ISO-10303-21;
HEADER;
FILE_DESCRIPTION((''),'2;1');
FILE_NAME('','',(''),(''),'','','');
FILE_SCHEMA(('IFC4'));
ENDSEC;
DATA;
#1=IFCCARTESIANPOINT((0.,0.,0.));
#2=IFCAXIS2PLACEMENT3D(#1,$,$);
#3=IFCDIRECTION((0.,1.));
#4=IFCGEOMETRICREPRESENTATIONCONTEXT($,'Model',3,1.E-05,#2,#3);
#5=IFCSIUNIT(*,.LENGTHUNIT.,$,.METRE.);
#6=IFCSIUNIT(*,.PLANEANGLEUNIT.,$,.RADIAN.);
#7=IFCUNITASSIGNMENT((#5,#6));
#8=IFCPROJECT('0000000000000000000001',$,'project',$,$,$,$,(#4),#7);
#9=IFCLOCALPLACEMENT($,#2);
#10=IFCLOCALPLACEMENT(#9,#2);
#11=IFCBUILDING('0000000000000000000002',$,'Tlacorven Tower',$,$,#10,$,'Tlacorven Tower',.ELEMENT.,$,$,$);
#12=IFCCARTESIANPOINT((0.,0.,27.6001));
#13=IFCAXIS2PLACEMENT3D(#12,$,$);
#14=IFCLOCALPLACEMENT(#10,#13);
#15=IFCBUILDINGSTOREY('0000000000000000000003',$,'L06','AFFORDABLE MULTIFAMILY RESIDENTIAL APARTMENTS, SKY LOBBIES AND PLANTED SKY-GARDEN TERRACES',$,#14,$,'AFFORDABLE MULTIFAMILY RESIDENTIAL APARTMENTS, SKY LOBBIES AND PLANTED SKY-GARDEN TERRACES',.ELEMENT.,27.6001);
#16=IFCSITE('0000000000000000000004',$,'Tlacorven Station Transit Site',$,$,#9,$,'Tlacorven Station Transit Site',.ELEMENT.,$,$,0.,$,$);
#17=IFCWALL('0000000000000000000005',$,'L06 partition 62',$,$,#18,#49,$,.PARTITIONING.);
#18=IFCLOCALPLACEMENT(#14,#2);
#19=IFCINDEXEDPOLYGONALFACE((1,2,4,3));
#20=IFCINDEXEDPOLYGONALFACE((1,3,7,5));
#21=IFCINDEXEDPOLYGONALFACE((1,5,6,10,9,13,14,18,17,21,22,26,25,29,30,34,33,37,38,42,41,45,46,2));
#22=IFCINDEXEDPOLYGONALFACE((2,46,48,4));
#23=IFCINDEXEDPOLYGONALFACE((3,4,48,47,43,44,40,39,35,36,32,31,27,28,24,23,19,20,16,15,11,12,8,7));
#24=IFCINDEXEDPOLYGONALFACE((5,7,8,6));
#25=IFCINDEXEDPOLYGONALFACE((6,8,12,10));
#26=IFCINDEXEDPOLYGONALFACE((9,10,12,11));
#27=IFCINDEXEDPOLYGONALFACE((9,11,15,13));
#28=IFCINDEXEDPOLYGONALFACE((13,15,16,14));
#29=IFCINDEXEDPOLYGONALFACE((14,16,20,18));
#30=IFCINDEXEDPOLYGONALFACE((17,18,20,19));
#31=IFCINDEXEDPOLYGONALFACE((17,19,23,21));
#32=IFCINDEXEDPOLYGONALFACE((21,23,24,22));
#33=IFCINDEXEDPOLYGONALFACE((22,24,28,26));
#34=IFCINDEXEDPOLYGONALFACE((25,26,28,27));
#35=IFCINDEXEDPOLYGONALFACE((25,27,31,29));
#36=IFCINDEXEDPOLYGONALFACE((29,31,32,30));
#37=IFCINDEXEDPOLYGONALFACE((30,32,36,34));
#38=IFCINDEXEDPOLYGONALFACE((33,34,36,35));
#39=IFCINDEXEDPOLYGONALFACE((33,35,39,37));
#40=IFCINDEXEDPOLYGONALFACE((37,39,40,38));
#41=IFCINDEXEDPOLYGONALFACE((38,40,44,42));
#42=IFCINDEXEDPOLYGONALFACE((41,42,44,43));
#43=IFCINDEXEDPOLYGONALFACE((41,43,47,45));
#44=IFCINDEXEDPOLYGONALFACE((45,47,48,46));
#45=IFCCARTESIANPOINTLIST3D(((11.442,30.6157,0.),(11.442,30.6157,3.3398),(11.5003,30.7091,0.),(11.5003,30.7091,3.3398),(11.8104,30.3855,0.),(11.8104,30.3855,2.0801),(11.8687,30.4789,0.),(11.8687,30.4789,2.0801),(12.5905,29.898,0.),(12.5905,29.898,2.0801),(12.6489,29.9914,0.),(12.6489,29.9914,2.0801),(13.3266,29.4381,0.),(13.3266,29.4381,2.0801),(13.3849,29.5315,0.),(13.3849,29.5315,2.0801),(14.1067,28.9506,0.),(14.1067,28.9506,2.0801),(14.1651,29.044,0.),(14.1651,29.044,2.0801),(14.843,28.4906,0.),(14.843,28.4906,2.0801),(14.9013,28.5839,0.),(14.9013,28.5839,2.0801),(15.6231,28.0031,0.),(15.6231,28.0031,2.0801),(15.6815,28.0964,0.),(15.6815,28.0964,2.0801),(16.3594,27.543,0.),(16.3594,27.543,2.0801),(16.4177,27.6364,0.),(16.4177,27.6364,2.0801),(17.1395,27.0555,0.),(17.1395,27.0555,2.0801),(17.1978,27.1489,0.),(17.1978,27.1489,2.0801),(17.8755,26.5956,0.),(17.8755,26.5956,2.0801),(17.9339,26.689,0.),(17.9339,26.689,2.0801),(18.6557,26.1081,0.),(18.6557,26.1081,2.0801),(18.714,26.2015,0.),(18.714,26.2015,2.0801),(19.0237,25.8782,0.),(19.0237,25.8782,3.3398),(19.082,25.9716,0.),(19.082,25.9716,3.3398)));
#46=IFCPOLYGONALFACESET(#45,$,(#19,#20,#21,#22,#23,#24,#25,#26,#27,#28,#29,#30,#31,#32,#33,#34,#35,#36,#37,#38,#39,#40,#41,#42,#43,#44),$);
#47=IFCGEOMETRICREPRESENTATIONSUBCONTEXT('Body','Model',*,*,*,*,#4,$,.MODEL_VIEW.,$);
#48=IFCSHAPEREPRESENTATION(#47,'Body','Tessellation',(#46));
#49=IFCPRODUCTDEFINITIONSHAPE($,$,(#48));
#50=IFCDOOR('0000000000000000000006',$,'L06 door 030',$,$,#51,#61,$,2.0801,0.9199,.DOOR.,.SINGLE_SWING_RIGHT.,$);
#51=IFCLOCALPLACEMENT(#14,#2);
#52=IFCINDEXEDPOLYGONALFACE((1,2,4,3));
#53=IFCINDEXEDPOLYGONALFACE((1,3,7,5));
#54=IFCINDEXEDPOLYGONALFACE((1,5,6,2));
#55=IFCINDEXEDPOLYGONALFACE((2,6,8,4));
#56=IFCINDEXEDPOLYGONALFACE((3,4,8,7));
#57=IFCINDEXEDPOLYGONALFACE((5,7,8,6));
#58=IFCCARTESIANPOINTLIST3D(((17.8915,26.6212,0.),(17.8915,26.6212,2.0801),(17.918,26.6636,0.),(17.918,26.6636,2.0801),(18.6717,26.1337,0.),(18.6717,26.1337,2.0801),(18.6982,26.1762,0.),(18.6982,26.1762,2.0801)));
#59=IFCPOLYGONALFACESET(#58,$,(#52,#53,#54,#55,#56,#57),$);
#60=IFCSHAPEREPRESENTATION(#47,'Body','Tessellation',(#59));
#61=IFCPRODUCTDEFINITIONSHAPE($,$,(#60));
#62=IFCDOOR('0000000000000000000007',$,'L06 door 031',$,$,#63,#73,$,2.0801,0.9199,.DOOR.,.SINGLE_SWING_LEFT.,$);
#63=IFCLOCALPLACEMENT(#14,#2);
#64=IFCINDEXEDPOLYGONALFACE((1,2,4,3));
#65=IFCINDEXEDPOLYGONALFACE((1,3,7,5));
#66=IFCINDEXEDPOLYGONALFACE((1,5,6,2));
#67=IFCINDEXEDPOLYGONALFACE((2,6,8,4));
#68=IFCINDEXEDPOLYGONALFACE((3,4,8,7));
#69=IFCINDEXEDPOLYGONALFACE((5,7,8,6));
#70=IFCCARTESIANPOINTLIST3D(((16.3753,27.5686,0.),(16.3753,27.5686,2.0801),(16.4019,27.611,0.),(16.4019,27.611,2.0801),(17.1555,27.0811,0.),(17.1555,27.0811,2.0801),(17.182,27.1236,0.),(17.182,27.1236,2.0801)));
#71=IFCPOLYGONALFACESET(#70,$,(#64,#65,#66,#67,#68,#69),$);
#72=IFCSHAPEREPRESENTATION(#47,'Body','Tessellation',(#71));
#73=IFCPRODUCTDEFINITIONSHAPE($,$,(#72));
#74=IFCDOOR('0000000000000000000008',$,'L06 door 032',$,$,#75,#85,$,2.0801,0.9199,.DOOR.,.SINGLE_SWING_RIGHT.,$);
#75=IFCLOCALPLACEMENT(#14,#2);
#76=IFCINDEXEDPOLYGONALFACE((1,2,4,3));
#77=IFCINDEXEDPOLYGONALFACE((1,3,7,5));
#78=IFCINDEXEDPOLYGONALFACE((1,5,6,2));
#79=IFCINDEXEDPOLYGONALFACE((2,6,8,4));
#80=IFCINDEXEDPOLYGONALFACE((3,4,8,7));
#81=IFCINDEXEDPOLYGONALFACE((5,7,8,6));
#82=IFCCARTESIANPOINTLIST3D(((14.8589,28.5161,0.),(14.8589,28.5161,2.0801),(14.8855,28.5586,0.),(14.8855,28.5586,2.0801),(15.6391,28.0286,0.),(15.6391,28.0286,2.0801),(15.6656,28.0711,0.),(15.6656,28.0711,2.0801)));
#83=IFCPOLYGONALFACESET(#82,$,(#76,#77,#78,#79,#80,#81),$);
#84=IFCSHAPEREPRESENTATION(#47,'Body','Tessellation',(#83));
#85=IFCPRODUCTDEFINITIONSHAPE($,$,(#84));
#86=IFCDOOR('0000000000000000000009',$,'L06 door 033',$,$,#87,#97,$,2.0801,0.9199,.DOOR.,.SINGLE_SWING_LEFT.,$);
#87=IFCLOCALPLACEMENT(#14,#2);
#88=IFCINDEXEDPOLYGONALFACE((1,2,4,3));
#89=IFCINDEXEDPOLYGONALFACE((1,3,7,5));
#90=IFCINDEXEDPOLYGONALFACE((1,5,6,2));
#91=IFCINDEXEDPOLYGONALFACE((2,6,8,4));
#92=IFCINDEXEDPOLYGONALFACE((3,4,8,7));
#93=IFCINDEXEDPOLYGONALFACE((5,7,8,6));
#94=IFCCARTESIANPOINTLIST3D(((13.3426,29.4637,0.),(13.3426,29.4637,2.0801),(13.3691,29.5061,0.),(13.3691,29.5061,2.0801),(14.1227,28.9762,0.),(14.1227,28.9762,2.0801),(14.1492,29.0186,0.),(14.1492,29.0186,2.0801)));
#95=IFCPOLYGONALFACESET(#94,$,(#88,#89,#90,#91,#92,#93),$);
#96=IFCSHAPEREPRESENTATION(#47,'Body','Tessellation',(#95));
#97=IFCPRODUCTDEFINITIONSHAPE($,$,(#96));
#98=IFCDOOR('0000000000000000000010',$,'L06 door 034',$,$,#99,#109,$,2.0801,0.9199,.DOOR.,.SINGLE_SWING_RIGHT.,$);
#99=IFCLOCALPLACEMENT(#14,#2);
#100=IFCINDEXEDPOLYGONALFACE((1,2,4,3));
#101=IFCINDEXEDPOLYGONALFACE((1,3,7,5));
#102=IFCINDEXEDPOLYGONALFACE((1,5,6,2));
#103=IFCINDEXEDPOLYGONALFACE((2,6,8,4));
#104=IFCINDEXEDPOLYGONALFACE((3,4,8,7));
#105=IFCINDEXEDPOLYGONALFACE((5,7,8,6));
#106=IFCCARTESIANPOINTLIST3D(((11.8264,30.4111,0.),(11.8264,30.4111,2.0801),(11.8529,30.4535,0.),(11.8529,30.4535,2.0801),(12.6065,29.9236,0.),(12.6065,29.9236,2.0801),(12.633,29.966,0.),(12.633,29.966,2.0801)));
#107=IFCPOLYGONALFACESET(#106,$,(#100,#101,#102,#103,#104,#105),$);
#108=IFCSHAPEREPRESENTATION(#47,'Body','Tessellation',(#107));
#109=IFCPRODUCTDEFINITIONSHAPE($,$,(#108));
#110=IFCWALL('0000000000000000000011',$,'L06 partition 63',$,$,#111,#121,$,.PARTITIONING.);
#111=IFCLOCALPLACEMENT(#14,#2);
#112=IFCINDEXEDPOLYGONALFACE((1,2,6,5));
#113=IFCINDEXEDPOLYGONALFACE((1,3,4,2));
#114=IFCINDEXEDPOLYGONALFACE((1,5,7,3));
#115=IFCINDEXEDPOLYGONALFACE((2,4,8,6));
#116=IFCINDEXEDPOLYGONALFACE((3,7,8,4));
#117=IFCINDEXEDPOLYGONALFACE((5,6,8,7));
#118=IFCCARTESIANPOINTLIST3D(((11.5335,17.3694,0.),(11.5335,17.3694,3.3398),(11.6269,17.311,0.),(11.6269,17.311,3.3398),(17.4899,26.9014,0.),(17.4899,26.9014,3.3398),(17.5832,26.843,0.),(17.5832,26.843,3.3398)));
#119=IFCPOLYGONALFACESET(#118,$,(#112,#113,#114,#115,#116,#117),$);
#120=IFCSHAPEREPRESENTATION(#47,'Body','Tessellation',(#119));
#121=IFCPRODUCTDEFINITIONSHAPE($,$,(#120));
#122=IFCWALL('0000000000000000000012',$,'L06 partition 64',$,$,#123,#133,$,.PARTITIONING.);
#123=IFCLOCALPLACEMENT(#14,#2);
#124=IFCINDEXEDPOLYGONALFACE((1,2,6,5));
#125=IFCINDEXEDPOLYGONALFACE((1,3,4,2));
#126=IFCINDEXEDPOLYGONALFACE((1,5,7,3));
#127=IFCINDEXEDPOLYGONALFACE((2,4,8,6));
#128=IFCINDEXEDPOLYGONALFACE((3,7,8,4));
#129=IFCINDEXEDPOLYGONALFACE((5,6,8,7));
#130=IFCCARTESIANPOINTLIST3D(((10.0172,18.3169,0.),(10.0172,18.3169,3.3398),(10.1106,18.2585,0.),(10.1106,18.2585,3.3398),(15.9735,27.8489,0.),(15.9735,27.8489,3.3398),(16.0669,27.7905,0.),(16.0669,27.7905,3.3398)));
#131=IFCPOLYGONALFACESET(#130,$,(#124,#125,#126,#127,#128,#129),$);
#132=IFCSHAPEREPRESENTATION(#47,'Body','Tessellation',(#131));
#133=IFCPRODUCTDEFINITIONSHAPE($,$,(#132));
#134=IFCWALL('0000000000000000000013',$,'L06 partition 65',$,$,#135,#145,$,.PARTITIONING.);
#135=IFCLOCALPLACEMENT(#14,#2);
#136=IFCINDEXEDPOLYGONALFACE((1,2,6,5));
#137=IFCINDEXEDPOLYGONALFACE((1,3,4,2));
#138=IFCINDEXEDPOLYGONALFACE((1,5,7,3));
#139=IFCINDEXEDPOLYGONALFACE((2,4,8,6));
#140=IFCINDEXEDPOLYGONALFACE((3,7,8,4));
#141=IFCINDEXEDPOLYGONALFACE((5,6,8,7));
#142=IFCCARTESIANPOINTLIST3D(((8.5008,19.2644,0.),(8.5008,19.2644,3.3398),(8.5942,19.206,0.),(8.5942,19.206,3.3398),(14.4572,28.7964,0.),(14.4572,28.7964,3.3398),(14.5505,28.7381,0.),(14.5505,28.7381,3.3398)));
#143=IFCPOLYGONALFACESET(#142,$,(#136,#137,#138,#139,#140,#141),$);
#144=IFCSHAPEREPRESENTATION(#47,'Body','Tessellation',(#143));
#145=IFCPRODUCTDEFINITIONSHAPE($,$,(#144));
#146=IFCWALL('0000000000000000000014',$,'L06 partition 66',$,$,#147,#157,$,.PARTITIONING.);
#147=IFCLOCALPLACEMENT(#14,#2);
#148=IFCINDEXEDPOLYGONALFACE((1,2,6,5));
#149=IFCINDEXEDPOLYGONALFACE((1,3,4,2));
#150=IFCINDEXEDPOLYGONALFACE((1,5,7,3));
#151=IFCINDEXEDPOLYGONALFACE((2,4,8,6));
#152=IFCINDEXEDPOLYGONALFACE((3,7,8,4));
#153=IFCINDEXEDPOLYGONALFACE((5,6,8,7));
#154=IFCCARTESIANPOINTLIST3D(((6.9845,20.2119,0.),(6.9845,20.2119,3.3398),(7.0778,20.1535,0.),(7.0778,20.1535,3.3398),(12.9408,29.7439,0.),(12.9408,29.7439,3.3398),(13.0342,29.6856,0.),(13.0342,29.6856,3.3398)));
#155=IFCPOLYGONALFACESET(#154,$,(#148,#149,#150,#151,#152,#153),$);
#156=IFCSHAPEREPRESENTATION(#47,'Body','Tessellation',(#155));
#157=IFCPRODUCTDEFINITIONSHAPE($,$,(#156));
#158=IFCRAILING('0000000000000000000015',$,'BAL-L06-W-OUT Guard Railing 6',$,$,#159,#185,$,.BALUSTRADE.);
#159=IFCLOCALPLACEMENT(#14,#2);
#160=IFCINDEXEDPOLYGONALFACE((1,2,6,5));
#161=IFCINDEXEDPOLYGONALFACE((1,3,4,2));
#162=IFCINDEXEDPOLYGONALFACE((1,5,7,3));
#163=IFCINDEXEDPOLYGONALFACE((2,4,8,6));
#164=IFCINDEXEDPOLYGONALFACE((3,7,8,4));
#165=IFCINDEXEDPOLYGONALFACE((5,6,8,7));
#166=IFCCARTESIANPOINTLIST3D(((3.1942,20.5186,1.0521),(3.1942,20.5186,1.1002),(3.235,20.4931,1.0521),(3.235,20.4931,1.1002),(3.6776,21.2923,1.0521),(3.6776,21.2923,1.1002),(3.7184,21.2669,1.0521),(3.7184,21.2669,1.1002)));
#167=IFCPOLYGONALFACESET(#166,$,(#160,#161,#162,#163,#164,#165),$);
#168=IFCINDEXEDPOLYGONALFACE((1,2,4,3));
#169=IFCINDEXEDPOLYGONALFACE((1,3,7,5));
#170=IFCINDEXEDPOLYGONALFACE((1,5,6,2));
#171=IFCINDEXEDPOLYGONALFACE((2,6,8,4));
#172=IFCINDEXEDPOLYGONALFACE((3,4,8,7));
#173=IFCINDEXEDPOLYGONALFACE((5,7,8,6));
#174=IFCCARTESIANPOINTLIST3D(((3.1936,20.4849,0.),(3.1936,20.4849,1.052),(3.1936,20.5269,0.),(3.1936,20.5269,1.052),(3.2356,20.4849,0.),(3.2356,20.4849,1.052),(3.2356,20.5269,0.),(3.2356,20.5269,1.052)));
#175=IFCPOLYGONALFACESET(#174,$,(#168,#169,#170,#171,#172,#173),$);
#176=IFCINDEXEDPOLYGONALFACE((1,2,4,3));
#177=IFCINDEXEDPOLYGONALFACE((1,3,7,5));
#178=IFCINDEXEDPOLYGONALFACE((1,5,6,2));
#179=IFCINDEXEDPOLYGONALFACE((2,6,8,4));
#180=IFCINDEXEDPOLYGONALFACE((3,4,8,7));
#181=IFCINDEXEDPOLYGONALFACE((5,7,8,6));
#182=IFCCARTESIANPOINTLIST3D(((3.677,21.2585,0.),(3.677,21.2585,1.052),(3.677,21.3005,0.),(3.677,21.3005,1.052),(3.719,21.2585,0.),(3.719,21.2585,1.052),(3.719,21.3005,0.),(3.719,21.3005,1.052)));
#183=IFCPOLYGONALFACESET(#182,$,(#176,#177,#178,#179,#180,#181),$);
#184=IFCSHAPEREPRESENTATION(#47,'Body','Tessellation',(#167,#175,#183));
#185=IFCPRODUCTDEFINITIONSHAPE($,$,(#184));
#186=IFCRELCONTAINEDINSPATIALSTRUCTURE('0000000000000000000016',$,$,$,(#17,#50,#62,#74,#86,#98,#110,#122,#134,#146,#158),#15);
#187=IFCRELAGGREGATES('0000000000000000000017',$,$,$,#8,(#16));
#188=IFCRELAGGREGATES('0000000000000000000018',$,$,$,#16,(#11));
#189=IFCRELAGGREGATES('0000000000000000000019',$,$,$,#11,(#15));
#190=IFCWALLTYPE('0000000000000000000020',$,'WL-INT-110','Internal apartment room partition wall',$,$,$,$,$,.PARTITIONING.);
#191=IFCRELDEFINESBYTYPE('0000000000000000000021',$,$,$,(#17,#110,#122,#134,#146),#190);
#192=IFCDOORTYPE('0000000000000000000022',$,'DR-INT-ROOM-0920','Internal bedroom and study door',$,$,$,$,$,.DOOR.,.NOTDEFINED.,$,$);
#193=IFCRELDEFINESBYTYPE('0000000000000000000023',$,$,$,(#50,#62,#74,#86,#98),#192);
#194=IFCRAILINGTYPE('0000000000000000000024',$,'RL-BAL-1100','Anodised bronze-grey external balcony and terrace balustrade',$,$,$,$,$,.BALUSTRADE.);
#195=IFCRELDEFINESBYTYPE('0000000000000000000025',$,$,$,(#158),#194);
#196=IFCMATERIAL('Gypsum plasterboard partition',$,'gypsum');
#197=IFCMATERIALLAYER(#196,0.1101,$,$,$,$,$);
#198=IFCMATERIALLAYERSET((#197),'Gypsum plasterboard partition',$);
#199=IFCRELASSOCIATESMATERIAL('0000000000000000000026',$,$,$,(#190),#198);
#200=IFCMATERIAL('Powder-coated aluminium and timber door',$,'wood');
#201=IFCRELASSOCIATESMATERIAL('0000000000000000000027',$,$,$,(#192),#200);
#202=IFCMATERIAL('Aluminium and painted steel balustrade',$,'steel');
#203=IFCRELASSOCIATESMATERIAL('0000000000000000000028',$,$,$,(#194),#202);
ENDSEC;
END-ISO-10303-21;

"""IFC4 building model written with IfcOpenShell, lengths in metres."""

from ifc_helpers import new_model, si_unit, direction, frame, frame_2d, origin, origin_2d, place, context, subcontext, project, spatial, rectangle, extrude, source, transform, mapped, material, layer, layer_set, type_object, element, fill, save


model = new_model("IFC4")

# Units and contexts
model_context = context("Model", 3, precision=1e-05, world=origin(), true_north=direction((0.0, 1.0)))
body_context = subcontext(model_context, "Body", "Model", "MODEL_VIEW")
ifc_project = project(units=[si_unit("LENGTHUNIT", "METRE"), si_unit("PLANEANGLEUNIT", "RADIAN")], contexts=[model_context])

# Site, building, storey
site_placement = place(None, origin())
site = spatial("IfcSite", under=ifc_project, at=site_placement, Name="Tlacorven Station Transit Site", LongName="Tlacorven Station Transit Site", CompositionType="ELEMENT", RefElevation=0.0)
building_placement = place(site_placement, origin())
building = spatial("IfcBuilding", under=site, at=building_placement, Name="Tlacorven Tower", LongName="Tlacorven Tower", CompositionType="ELEMENT")
storey_placement = place(building_placement, frame((0.0, 0.0, 27.6001)))
storey = spatial("IfcBuildingStorey", under=building, at=storey_placement, Name="L06", Description="AFFORDABLE MULTIFAMILY RESIDENTIAL APARTMENTS, SKY LOBBIES AND PLANTED SKY-GARDEN TERRACES", LongName="AFFORDABLE MULTIFAMILY RESIDENTIAL APARTMENTS, SKY LOBBIES AND PLANTED SKY-GARDEN TERRACES", CompositionType="ELEMENT", Elevation=27.6001)

# Wall, openings, doors
ifc_material_1 = material(Name="Gypsum plasterboard partition", Category="gypsum")
ifc_layer_1 = layer(ifc_material_1, 0.1101)
ifc_layer_set_1 = layer_set([ifc_layer_1], Name="Gypsum plasterboard partition")
wall_type_1 = type_object("IfcWallType", Name="WL-INT-110", Description="Internal apartment room partition wall", PredefinedType="PARTITIONING", material=ifc_layer_set_1)
wall_1_placement = place(storey_placement, frame((19.053, 25.9248, 0.0), z_axis=(0.0, 0.0, 1.0), x_axis=(-0.848052, 0.529913, 0.0)))
wall_1 = element("IfcWall", 1, at=wall_1_placement, inside=storey, type_object=wall_type_1, Name="L06 partition 62", PredefinedType="PARTITIONING", context=body_context, shape_type="SweptSolid", body=[
    extrude(rectangle(XDim=8.9402, YDim=0.1101, at=frame_2d((4.4702, 0.0))), origin(), (0.0, 0.0, 1.0), 3.3398),
])
opening_1_placement = place(wall_1_placement, frame((0.4341, 0.0, 0.0)))
opening_1 = element("IfcOpeningElement", 2, at=opening_1_placement, cuts=wall_1, PredefinedType="OPENING", context=body_context, shape_type="SweptSolid", body=[
    extrude(rectangle(XDim=0.9199, YDim=2.0801, at=frame_2d((0.46, 1.04))), frame((0.0, 0.0649, 0.0), z_axis=(0.0, -1.0, 0.0), x_axis=(1.0, 0.0, 0.0)), (0.0, 0.0, 1.0), 0.1301),
])
opening_2_placement = place(wall_1_placement, frame((2.2219, 0.0, 0.0)))
opening_2 = element("IfcOpeningElement", 3, at=opening_2_placement, cuts=wall_1, PredefinedType="OPENING", context=body_context, shape_type="SweptSolid", body=[
    extrude(rectangle(XDim=0.9199, YDim=2.0801, at=frame_2d((0.46, 1.04))), frame((0.0, 0.0649, 0.0), z_axis=(0.0, -1.0, 0.0), x_axis=(1.0, 0.0, 0.0)), (0.0, 0.0, 1.0), 0.1301),
])
opening_3_placement = place(wall_1_placement, frame((4.01, 0.0, 0.0)))
opening_3 = element("IfcOpeningElement", 4, at=opening_3_placement, cuts=wall_1, PredefinedType="OPENING", context=body_context, shape_type="SweptSolid", body=[
    extrude(rectangle(XDim=0.9199, YDim=2.0801, at=frame_2d((0.46, 1.04))), frame((0.0, 0.0649, 0.0), z_axis=(0.0, -1.0, 0.0), x_axis=(1.0, 0.0, 0.0)), (0.0, 0.0, 1.0), 0.1301),
])
opening_4_placement = place(wall_1_placement, frame((5.7981, 0.0, 0.0)))
opening_4 = element("IfcOpeningElement", 5, at=opening_4_placement, cuts=wall_1, PredefinedType="OPENING", context=body_context, shape_type="SweptSolid", body=[
    extrude(rectangle(XDim=0.9199, YDim=2.0801, at=frame_2d((0.46, 1.04))), frame((0.0, 0.0649, 0.0), z_axis=(0.0, -1.0, 0.0), x_axis=(1.0, 0.0, 0.0)), (0.0, 0.0, 1.0), 0.1301),
])
opening_5_placement = place(wall_1_placement, frame((7.5859, 0.0, 0.0)))
opening_5 = element("IfcOpeningElement", 6, at=opening_5_placement, cuts=wall_1, PredefinedType="OPENING", context=body_context, shape_type="SweptSolid", body=[
    extrude(rectangle(XDim=0.9199, YDim=2.0801, at=frame_2d((0.46, 1.04))), frame((0.0, 0.0649, 0.0), z_axis=(0.0, -1.0, 0.0), x_axis=(1.0, 0.0, 0.0)), (0.0, 0.0, 1.0), 0.1301),
])
ifc_material_2 = material(Name="Powder-coated aluminium and timber door", Category="wood")
door_type = type_object("IfcDoorType", Name="DR-INT-ROOM-0920", Description="Internal bedroom and study door", OperationType="NOTDEFINED", PredefinedType="DOOR", material=ifc_material_2)
shared_shape_1 = source(origin(), body_context, "Body", "SweptSolid", [
    extrude(rectangle(XDim=0.9199, YDim=2.0801, at=frame_2d((0.46, 1.04))), frame((0.0, 0.0249, 0.0), z_axis=(0.0, -1.0, 0.0), x_axis=(1.0, 0.0, 0.0)), (0.0, 0.0, 1.0), 0.05),
])
door_1_placement = place(opening_1_placement, origin())
door_1 = element("IfcDoor", 7, at=door_1_placement, inside=storey, type_object=door_type, Name="L06 door 030", OperationType="SINGLE_SWING_RIGHT", OverallHeight=2.0801, OverallWidth=0.9199, PredefinedType="DOOR", context=body_context, shape_type="MappedRepresentation", body=[
    mapped(shared_shape_1, transform((0.0, 0.0, 0.0), scale=1.0)),
])
fill(opening_1, door_1)
door_2_placement = place(opening_2_placement, origin())
door_2 = element("IfcDoor", 8, at=door_2_placement, inside=storey, type_object=door_type, Name="L06 door 031", OperationType="SINGLE_SWING_LEFT", OverallHeight=2.0801, OverallWidth=0.9199, PredefinedType="DOOR", context=body_context, shape_type="MappedRepresentation", body=[
    mapped(shared_shape_1, transform((0.0, 0.0, 0.0), scale=1.0)),
])
fill(opening_2, door_2)
door_3_placement = place(opening_3_placement, origin())
door_3 = element("IfcDoor", 9, at=door_3_placement, inside=storey, type_object=door_type, Name="L06 door 032", OperationType="SINGLE_SWING_RIGHT", OverallHeight=2.0801, OverallWidth=0.9199, PredefinedType="DOOR", context=body_context, shape_type="MappedRepresentation", body=[
    mapped(shared_shape_1, transform((0.0, 0.0, 0.0), scale=1.0)),
])
fill(opening_3, door_3)
door_4_placement = place(opening_4_placement, origin())
door_4 = element("IfcDoor", 10, at=door_4_placement, inside=storey, type_object=door_type, Name="L06 door 033", OperationType="SINGLE_SWING_LEFT", OverallHeight=2.0801, OverallWidth=0.9199, PredefinedType="DOOR", context=body_context, shape_type="MappedRepresentation", body=[
    mapped(shared_shape_1, transform((0.0, 0.0, 0.0), scale=1.0)),
])
fill(opening_4, door_4)
door_5_placement = place(opening_5_placement, origin())
door_5 = element("IfcDoor", 11, at=door_5_placement, inside=storey, type_object=door_type, Name="L06 door 034", OperationType="SINGLE_SWING_RIGHT", OverallHeight=2.0801, OverallWidth=0.9199, PredefinedType="DOOR", context=body_context, shape_type="MappedRepresentation", body=[
    mapped(shared_shape_1, transform((0.0, 0.0, 0.0), scale=1.0)),
])
fill(opening_5, door_5)

# Walls
for number, where, z_axis, x_axis, name in (
    (12, (17.5366, 26.8723, 0.0), (0.0, 0.0, 1.0), (-0.529923, -0.848046, 0.0), "L06 partition 63"),
    (13, (16.0203, 27.8198, 0.0), (0.0, 0.0, 1.0), (-0.529923, -0.848046, 0.0), "L06 partition 64"),
    (14, (14.5039, 28.7673, 0.0), (0.0, 0.0, 1.0), (-0.529923, -0.848046, 0.0), "L06 partition 65"),
    (15, (12.9875, 29.7148, 0.0), (0.0, 0.0, 1.0), (-0.529923, -0.848046, 0.0), "L06 partition 66"),
):
    element("IfcWall", number, at=place(storey_placement, frame(where, z_axis=z_axis, x_axis=x_axis)), inside=storey, type_object=wall_type_1, Name=name, PredefinedType="PARTITIONING", context=body_context, shape_type="SweptSolid", body=[
        extrude(rectangle(XDim=11.24, YDim=0.1101, at=frame_2d((5.6201, 0.0))), origin(), (0.0, 0.0, 1.0), 3.3398),
    ])

# Railing
ifc_material_3 = material(Name="Aluminium and painted steel balustrade", Category="steel")
railing_type = type_object("IfcRailingType", Name="RL-BAL-1100", Description="Anodised bronze-grey external balcony and terrace balustrade", PredefinedType="BALUSTRADE", material=ifc_material_3)
shared_shape_2 = source(origin(), body_context, "Body", "SweptSolid", [
    extrude(rectangle(XDim=0.0481, YDim=0.0481, at=origin_2d()), frame((0.0, 0.0, 1.0762), z_axis=(0.529879, 0.848073, 0.0), x_axis=(-0.848073, 0.529879, 0.0)), (0.0, 0.0, 1.0), 0.9124),
    extrude(rectangle(XDim=0.042, YDim=0.042, at=origin_2d()), origin(), (0.0, 0.0, 1.0), 1.052),
    extrude(rectangle(XDim=0.042, YDim=0.042, at=origin_2d()), frame((0.4834, 0.7737, 0.0)), (0.0, 0.0, 1.0), 1.052),
])
railing_1_placement = place(storey_placement, frame((3.2146, 20.5059, 0.0)))
element("IfcRailing", 16, at=railing_1_placement, inside=storey, type_object=railing_type, Name="BAL-L06-W-OUT Guard Railing 6", PredefinedType="BALUSTRADE", context=body_context, shape_type="MappedRepresentation", body=[
    mapped(shared_shape_2, transform((0.0, 0.0, 0.0), scale=1.0)),
])

save(model, "model.ifc")
